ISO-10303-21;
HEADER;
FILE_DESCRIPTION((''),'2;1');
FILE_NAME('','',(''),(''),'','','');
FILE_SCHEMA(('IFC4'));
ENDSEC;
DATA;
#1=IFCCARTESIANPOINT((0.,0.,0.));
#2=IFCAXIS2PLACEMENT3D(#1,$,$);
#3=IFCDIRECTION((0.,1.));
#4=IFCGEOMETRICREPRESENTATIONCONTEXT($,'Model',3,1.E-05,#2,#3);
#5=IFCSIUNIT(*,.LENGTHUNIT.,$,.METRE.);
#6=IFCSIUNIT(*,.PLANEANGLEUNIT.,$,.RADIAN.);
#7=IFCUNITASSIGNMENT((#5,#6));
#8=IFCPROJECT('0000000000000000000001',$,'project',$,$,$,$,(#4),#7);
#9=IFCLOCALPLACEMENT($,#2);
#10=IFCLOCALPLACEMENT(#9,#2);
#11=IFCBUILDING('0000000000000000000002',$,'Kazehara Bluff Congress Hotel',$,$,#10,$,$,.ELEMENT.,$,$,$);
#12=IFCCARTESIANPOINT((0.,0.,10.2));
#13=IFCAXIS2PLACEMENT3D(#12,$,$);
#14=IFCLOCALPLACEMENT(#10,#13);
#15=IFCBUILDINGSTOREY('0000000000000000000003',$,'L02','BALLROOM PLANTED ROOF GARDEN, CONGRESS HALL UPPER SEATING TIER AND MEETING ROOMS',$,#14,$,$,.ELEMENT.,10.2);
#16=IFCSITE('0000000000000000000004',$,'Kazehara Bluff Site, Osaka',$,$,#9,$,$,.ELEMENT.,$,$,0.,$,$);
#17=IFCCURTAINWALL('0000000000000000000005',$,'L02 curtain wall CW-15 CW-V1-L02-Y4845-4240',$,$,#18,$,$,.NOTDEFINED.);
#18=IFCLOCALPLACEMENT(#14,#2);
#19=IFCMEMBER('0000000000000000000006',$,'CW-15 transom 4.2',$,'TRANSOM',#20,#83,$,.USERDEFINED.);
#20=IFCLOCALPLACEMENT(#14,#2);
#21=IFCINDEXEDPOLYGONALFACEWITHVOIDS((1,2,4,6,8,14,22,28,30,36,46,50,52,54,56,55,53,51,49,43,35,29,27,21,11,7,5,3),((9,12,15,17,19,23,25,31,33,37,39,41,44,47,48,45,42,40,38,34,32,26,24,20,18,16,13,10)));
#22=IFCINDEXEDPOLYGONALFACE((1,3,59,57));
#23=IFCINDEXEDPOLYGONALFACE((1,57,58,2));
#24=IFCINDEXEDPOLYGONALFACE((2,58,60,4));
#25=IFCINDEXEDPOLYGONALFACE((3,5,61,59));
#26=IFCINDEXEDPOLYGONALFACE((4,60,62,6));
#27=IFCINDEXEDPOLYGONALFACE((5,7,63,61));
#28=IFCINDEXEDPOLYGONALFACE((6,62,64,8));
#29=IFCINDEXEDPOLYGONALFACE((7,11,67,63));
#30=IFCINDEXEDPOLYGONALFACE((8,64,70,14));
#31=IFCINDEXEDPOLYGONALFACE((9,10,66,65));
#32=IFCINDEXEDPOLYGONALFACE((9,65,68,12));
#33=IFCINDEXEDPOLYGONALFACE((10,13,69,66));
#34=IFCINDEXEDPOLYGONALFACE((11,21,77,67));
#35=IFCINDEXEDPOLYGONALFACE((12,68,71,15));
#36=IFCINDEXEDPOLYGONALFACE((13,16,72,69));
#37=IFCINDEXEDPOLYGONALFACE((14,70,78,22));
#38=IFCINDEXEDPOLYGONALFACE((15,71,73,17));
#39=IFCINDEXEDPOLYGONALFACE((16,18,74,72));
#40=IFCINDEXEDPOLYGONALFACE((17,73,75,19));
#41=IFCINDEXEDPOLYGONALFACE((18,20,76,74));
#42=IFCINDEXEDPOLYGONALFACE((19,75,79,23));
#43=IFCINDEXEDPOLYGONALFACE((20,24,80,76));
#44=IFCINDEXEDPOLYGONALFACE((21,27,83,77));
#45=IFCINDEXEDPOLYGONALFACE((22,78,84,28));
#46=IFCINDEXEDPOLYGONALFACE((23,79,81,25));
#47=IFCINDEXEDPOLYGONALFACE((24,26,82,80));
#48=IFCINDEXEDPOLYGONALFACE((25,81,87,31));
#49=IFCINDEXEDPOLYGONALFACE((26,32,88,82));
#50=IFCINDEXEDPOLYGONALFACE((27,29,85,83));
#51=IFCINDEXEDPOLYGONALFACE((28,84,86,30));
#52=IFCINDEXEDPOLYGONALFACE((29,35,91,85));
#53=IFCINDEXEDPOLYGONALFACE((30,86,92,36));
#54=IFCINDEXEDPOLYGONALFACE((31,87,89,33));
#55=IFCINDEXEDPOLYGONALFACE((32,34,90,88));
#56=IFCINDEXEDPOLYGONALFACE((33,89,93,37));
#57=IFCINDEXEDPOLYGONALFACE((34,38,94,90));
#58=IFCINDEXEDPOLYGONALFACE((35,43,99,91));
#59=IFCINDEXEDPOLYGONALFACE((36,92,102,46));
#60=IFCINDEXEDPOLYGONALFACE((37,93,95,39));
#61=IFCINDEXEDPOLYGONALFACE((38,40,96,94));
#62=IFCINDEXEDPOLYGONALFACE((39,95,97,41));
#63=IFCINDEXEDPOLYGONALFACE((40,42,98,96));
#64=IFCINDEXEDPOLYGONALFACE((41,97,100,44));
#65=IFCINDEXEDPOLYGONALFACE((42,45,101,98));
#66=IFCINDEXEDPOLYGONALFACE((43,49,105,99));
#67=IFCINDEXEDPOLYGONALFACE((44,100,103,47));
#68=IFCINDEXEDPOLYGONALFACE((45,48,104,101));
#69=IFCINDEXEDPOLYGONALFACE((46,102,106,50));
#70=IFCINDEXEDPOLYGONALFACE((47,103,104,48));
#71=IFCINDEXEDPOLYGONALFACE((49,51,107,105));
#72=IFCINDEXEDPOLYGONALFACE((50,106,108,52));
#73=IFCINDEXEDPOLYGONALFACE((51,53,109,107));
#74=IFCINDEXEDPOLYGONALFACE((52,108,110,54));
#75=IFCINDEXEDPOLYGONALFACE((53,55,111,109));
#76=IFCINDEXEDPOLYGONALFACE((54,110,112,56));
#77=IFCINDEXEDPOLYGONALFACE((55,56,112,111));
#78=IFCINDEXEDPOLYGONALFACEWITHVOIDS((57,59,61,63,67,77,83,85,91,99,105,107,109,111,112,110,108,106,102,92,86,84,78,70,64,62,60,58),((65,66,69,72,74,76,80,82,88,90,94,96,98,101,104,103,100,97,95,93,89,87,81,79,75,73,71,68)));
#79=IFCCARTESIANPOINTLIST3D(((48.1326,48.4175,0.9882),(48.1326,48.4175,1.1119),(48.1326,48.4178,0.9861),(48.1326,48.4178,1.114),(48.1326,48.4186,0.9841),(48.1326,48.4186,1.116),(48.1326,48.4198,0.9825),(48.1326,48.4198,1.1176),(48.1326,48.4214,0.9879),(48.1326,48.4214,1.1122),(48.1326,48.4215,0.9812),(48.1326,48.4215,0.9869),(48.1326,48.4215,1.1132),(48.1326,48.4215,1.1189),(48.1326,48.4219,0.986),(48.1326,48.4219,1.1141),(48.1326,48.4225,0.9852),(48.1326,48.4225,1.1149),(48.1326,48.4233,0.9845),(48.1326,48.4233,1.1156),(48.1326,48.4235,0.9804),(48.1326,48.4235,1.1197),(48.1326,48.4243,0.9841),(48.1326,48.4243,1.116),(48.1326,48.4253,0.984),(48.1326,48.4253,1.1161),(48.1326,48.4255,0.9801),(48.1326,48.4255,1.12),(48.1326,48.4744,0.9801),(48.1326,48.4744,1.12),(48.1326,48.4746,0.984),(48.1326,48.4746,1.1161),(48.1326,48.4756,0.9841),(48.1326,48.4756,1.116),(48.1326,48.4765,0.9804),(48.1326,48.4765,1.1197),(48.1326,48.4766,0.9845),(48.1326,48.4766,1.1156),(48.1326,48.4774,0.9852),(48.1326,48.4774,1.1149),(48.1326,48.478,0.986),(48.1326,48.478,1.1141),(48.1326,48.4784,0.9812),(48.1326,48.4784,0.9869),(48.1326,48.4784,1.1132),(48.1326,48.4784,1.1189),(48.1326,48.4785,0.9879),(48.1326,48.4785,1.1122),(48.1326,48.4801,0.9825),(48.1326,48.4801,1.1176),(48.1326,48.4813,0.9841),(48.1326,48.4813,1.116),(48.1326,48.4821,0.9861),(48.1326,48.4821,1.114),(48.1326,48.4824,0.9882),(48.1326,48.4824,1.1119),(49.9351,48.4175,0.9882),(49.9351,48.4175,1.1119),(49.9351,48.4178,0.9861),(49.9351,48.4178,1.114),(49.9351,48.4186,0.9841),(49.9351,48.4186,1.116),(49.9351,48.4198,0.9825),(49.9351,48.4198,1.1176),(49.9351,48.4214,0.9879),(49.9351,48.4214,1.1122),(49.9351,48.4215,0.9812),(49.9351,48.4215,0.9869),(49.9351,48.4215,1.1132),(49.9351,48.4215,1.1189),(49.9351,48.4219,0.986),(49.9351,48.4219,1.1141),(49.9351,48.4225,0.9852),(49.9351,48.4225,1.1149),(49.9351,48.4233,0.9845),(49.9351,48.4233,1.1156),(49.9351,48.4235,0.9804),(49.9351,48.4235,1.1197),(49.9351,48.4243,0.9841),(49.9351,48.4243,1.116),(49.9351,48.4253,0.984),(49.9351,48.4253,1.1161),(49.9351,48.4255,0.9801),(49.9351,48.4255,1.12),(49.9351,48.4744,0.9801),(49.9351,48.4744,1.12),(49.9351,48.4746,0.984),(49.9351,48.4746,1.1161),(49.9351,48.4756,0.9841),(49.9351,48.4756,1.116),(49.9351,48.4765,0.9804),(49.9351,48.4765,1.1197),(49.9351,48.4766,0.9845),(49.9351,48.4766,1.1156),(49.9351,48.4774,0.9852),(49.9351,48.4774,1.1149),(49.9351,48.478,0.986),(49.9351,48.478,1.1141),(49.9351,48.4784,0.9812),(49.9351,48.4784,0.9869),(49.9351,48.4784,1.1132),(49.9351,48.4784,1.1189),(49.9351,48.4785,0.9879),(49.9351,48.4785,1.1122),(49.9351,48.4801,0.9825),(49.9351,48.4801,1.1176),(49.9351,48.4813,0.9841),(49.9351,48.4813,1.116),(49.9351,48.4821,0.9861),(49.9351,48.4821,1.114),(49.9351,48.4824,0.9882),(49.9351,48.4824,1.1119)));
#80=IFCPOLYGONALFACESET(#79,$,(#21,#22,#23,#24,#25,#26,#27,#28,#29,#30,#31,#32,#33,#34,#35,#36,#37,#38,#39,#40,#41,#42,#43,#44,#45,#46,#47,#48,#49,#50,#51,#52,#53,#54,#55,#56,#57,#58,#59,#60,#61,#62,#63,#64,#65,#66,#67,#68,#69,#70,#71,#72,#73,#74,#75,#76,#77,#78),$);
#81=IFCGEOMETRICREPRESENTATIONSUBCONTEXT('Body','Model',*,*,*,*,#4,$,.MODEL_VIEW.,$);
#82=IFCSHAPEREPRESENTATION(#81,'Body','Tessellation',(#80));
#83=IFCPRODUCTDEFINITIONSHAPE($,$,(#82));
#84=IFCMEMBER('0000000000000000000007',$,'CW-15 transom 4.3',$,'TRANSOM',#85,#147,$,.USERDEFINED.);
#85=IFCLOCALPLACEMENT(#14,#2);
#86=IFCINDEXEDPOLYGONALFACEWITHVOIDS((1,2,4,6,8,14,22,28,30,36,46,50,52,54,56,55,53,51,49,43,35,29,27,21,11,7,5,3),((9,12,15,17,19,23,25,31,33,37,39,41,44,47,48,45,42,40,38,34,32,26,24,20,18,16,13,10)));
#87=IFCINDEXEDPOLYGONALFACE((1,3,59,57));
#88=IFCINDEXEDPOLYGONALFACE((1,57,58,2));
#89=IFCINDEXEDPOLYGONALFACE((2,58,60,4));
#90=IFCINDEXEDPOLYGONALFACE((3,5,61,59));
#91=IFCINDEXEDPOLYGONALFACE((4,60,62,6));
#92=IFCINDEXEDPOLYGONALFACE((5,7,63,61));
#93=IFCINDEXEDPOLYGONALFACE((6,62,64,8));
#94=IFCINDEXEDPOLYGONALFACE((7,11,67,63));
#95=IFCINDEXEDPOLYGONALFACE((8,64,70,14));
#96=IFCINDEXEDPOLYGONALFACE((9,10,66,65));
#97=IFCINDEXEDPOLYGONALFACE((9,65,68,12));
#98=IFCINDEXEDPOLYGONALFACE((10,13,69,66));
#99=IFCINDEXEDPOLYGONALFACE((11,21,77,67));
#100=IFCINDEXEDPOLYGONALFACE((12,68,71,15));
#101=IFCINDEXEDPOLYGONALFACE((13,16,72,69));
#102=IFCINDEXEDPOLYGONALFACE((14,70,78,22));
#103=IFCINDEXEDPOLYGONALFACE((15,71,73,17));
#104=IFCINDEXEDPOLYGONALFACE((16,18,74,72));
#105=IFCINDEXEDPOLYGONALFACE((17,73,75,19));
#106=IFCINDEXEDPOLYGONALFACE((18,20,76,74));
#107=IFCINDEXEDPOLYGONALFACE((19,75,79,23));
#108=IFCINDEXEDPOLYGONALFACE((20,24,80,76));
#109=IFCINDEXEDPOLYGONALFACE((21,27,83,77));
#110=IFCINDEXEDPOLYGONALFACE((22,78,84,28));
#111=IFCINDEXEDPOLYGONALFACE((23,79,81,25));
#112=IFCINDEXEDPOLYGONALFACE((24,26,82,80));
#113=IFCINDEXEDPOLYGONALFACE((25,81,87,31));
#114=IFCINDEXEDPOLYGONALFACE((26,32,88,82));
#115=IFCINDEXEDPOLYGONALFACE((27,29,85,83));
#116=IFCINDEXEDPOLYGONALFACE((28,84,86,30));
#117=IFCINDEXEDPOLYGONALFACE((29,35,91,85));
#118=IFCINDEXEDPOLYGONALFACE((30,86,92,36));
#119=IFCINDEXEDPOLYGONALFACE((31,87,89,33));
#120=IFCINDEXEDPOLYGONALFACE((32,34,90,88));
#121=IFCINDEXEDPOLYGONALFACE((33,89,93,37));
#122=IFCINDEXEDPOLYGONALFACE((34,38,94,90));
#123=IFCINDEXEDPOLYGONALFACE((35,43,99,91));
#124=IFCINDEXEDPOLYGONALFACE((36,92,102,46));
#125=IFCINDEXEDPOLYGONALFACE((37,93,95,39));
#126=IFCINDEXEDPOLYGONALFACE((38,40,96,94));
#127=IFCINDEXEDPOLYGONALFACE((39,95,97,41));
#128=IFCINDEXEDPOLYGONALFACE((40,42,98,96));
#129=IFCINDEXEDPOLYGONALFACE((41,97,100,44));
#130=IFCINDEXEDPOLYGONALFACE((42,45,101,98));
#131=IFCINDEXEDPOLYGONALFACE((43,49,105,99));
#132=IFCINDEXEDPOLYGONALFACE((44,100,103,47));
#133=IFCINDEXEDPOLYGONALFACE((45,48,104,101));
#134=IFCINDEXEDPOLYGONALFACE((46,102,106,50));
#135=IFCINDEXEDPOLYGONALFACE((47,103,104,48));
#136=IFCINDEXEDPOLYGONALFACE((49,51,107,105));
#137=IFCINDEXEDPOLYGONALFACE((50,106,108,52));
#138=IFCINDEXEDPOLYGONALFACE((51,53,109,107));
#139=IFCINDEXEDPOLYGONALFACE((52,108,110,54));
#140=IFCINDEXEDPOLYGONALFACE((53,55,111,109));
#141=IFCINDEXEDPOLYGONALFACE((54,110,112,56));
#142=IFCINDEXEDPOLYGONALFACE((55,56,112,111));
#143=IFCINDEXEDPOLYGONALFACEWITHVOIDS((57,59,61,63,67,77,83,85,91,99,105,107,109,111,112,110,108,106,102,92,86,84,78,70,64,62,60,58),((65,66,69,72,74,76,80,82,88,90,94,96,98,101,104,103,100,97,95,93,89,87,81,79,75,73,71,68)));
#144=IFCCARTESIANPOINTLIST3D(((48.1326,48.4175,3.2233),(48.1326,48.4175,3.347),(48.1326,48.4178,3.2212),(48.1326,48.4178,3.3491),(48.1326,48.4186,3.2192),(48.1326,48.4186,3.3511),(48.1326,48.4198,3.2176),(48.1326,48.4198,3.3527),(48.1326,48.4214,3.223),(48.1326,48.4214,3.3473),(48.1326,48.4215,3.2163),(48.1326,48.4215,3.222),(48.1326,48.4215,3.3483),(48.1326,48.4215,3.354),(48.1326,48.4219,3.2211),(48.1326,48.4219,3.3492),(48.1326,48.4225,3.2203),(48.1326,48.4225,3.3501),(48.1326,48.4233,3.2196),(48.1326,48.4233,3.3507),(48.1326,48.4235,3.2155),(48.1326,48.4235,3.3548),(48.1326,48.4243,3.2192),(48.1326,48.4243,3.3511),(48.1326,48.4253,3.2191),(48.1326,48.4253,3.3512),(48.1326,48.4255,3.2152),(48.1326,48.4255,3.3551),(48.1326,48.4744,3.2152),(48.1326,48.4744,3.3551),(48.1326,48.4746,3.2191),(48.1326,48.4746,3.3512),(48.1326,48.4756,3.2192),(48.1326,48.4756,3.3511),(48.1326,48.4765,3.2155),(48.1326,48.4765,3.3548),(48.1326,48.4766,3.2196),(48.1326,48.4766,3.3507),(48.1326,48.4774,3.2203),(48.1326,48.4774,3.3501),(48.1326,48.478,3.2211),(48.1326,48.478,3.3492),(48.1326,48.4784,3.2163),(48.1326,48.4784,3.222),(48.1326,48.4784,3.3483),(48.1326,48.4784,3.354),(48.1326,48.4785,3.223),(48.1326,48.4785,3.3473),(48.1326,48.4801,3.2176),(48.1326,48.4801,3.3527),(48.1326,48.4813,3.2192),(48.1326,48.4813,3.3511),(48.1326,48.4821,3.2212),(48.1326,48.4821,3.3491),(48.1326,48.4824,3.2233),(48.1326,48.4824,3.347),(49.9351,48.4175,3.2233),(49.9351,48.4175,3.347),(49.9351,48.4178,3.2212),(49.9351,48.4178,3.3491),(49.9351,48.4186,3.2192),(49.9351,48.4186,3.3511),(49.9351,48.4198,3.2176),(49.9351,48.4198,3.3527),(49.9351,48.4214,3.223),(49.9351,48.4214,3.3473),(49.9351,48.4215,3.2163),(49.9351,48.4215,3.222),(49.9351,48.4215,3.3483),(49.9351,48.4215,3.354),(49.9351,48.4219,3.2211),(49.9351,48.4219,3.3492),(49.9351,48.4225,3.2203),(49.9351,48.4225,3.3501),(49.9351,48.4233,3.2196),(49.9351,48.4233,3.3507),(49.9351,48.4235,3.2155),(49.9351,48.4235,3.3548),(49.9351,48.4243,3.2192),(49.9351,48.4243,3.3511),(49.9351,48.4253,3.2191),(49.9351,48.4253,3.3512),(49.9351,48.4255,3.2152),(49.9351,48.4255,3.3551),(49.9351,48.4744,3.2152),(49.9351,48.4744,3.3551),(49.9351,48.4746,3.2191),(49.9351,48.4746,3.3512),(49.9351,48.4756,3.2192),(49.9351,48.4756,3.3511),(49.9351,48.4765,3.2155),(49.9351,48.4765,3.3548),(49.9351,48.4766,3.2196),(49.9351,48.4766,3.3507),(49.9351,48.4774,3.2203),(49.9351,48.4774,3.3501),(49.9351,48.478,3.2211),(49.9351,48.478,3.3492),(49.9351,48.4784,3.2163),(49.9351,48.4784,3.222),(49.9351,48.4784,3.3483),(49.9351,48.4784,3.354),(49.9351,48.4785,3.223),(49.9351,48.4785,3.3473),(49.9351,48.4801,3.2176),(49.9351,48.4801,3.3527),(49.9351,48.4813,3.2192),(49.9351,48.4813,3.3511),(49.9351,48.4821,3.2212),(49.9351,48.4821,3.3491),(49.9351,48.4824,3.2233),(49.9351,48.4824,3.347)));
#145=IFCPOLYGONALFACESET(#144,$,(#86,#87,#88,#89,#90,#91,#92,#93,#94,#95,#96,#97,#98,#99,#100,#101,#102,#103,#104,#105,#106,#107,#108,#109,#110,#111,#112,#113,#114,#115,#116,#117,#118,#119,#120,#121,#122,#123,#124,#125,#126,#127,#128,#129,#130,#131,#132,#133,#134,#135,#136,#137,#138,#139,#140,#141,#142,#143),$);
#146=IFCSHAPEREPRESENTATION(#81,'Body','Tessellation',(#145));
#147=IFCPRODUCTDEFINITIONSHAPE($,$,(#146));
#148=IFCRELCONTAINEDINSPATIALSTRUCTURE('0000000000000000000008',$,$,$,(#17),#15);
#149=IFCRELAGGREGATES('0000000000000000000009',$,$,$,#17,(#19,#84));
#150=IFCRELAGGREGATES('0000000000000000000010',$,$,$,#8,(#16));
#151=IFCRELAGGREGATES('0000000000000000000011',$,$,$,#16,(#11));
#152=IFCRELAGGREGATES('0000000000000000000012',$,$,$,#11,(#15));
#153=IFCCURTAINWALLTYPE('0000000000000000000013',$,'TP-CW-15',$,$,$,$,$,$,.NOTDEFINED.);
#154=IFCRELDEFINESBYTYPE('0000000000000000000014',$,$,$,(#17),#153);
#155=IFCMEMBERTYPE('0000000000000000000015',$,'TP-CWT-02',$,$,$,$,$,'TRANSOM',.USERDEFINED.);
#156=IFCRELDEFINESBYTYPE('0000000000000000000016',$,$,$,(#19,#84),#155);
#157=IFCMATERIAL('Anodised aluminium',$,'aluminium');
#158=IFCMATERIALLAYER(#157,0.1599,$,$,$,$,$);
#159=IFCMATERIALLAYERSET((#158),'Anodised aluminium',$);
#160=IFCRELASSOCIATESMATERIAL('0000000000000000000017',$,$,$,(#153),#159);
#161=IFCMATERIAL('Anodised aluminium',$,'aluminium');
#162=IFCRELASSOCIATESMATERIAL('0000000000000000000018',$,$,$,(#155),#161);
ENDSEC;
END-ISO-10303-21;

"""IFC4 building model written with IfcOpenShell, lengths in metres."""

from ifc_helpers import new_model, si_unit, direction, frame, origin, origin_2d, place, context, subcontext, project, spatial, hollow_rectangle, extrude, material, layer, layer_set, material_profile, profile_set, type_object, element, aggregate, save


model = new_model("IFC4")

# Units and contexts
model_context = context("Model", 3, precision=1e-05, world=origin(), true_north=direction((0.0, 1.0)))
body_context = subcontext(model_context, "Body", "Model", "MODEL_VIEW")
ifc_project = project(units=[si_unit("LENGTHUNIT", "METRE"), si_unit("PLANEANGLEUNIT", "RADIAN")], contexts=[model_context])

# Site, building, storey
site_placement = place(None, origin())
site = spatial("IfcSite", under=ifc_project, at=site_placement, Name="Kazehara Bluff Site, Osaka", CompositionType="ELEMENT", RefElevation=0.0)
building_placement = place(site_placement, origin())
building = spatial("IfcBuilding", under=site, at=building_placement, Name="Kazehara Bluff Congress Hotel", CompositionType="ELEMENT")
storey_placement = place(building_placement, frame((0.0, 0.0, 10.2)))
storey = spatial("IfcBuildingStorey", under=building, at=storey_placement, Name="L02", Description="BALLROOM PLANTED ROOF GARDEN, CONGRESS HALL UPPER SEATING TIER AND MEETING ROOMS", CompositionType="ELEMENT", Elevation=10.2)

# Curtain wall
ifc_material_1 = material(Name="Anodised aluminium", Category="aluminium")
ifc_layer_1 = layer(ifc_material_1, 0.1599)
ifc_layer_set_1 = layer_set([ifc_layer_1], Name="Anodised aluminium")
curtain_wall_type_1 = type_object("IfcCurtainWallType", Name="TP-CW-15", PredefinedType="NOTDEFINED", material=ifc_layer_set_1)
curtain_wall_1_placement = place(storey_placement, origin())
curtain_wall_1 = element("IfcCurtainWall", 1, at=curtain_wall_1_placement, inside=storey, type_object=curtain_wall_type_1, Name="L02 curtain wall CW-15 CW-V1-L02-Y4845-4240", PredefinedType="NOTDEFINED")

# Members
ifc_material_2 = material(Name="Anodised aluminium", Category="aluminium")
ifc_material_profile_1 = material_profile(ifc_material_2, hollow_rectangle(XDim=0.0649, YDim=0.1399, WallThickness=0.0039, InnerFilletRadius=0.0039, OuterFilletRadius=0.0081, at=origin_2d()))
ifc_profile_set_1 = profile_set([ifc_material_profile_1], Name="Anodised aluminium")
member_type_1 = type_object("IfcMemberType", Name="TP-CWT-02", ElementType="TRANSOM", PredefinedType="USERDEFINED", material=ifc_profile_set_1)
member_1_placement = place(storey_placement, frame((48.1326, 48.45, 1.05), z_axis=(1.0, 0.0, 0.0), x_axis=(0.0, 1.0, 0.0)))
member_1 = element("IfcMember", 2, at=member_1_placement, type_object=member_type_1, Name="CW-15 transom 4.2", ObjectType="TRANSOM", PredefinedType="USERDEFINED", context=body_context, shape_type="SweptSolid", body=[
    extrude(hollow_rectangle(XDim=0.0649, YDim=0.1399, WallThickness=0.0039, InnerFilletRadius=0.0039, OuterFilletRadius=0.0081, at=origin_2d()), origin(), (0.0, 0.0, 1.0), 1.8025),
])
member_2_placement = place(storey_placement, frame((48.1326, 48.45, 3.2852), z_axis=(1.0, 0.0, 0.0), x_axis=(0.0, 1.0, 0.0)))
member_2 = element("IfcMember", 3, at=member_2_placement, type_object=member_type_1, Name="CW-15 transom 4.3", ObjectType="TRANSOM", PredefinedType="USERDEFINED", context=body_context, shape_type="SweptSolid", body=[
    extrude(hollow_rectangle(XDim=0.0649, YDim=0.1399, WallThickness=0.0039, InnerFilletRadius=0.0039, OuterFilletRadius=0.0081, at=origin_2d()), origin(), (0.0, 0.0, 1.0), 1.8025),
])

aggregate(curtain_wall_1, [member_1, member_2])

save(model, "model.ifc")
